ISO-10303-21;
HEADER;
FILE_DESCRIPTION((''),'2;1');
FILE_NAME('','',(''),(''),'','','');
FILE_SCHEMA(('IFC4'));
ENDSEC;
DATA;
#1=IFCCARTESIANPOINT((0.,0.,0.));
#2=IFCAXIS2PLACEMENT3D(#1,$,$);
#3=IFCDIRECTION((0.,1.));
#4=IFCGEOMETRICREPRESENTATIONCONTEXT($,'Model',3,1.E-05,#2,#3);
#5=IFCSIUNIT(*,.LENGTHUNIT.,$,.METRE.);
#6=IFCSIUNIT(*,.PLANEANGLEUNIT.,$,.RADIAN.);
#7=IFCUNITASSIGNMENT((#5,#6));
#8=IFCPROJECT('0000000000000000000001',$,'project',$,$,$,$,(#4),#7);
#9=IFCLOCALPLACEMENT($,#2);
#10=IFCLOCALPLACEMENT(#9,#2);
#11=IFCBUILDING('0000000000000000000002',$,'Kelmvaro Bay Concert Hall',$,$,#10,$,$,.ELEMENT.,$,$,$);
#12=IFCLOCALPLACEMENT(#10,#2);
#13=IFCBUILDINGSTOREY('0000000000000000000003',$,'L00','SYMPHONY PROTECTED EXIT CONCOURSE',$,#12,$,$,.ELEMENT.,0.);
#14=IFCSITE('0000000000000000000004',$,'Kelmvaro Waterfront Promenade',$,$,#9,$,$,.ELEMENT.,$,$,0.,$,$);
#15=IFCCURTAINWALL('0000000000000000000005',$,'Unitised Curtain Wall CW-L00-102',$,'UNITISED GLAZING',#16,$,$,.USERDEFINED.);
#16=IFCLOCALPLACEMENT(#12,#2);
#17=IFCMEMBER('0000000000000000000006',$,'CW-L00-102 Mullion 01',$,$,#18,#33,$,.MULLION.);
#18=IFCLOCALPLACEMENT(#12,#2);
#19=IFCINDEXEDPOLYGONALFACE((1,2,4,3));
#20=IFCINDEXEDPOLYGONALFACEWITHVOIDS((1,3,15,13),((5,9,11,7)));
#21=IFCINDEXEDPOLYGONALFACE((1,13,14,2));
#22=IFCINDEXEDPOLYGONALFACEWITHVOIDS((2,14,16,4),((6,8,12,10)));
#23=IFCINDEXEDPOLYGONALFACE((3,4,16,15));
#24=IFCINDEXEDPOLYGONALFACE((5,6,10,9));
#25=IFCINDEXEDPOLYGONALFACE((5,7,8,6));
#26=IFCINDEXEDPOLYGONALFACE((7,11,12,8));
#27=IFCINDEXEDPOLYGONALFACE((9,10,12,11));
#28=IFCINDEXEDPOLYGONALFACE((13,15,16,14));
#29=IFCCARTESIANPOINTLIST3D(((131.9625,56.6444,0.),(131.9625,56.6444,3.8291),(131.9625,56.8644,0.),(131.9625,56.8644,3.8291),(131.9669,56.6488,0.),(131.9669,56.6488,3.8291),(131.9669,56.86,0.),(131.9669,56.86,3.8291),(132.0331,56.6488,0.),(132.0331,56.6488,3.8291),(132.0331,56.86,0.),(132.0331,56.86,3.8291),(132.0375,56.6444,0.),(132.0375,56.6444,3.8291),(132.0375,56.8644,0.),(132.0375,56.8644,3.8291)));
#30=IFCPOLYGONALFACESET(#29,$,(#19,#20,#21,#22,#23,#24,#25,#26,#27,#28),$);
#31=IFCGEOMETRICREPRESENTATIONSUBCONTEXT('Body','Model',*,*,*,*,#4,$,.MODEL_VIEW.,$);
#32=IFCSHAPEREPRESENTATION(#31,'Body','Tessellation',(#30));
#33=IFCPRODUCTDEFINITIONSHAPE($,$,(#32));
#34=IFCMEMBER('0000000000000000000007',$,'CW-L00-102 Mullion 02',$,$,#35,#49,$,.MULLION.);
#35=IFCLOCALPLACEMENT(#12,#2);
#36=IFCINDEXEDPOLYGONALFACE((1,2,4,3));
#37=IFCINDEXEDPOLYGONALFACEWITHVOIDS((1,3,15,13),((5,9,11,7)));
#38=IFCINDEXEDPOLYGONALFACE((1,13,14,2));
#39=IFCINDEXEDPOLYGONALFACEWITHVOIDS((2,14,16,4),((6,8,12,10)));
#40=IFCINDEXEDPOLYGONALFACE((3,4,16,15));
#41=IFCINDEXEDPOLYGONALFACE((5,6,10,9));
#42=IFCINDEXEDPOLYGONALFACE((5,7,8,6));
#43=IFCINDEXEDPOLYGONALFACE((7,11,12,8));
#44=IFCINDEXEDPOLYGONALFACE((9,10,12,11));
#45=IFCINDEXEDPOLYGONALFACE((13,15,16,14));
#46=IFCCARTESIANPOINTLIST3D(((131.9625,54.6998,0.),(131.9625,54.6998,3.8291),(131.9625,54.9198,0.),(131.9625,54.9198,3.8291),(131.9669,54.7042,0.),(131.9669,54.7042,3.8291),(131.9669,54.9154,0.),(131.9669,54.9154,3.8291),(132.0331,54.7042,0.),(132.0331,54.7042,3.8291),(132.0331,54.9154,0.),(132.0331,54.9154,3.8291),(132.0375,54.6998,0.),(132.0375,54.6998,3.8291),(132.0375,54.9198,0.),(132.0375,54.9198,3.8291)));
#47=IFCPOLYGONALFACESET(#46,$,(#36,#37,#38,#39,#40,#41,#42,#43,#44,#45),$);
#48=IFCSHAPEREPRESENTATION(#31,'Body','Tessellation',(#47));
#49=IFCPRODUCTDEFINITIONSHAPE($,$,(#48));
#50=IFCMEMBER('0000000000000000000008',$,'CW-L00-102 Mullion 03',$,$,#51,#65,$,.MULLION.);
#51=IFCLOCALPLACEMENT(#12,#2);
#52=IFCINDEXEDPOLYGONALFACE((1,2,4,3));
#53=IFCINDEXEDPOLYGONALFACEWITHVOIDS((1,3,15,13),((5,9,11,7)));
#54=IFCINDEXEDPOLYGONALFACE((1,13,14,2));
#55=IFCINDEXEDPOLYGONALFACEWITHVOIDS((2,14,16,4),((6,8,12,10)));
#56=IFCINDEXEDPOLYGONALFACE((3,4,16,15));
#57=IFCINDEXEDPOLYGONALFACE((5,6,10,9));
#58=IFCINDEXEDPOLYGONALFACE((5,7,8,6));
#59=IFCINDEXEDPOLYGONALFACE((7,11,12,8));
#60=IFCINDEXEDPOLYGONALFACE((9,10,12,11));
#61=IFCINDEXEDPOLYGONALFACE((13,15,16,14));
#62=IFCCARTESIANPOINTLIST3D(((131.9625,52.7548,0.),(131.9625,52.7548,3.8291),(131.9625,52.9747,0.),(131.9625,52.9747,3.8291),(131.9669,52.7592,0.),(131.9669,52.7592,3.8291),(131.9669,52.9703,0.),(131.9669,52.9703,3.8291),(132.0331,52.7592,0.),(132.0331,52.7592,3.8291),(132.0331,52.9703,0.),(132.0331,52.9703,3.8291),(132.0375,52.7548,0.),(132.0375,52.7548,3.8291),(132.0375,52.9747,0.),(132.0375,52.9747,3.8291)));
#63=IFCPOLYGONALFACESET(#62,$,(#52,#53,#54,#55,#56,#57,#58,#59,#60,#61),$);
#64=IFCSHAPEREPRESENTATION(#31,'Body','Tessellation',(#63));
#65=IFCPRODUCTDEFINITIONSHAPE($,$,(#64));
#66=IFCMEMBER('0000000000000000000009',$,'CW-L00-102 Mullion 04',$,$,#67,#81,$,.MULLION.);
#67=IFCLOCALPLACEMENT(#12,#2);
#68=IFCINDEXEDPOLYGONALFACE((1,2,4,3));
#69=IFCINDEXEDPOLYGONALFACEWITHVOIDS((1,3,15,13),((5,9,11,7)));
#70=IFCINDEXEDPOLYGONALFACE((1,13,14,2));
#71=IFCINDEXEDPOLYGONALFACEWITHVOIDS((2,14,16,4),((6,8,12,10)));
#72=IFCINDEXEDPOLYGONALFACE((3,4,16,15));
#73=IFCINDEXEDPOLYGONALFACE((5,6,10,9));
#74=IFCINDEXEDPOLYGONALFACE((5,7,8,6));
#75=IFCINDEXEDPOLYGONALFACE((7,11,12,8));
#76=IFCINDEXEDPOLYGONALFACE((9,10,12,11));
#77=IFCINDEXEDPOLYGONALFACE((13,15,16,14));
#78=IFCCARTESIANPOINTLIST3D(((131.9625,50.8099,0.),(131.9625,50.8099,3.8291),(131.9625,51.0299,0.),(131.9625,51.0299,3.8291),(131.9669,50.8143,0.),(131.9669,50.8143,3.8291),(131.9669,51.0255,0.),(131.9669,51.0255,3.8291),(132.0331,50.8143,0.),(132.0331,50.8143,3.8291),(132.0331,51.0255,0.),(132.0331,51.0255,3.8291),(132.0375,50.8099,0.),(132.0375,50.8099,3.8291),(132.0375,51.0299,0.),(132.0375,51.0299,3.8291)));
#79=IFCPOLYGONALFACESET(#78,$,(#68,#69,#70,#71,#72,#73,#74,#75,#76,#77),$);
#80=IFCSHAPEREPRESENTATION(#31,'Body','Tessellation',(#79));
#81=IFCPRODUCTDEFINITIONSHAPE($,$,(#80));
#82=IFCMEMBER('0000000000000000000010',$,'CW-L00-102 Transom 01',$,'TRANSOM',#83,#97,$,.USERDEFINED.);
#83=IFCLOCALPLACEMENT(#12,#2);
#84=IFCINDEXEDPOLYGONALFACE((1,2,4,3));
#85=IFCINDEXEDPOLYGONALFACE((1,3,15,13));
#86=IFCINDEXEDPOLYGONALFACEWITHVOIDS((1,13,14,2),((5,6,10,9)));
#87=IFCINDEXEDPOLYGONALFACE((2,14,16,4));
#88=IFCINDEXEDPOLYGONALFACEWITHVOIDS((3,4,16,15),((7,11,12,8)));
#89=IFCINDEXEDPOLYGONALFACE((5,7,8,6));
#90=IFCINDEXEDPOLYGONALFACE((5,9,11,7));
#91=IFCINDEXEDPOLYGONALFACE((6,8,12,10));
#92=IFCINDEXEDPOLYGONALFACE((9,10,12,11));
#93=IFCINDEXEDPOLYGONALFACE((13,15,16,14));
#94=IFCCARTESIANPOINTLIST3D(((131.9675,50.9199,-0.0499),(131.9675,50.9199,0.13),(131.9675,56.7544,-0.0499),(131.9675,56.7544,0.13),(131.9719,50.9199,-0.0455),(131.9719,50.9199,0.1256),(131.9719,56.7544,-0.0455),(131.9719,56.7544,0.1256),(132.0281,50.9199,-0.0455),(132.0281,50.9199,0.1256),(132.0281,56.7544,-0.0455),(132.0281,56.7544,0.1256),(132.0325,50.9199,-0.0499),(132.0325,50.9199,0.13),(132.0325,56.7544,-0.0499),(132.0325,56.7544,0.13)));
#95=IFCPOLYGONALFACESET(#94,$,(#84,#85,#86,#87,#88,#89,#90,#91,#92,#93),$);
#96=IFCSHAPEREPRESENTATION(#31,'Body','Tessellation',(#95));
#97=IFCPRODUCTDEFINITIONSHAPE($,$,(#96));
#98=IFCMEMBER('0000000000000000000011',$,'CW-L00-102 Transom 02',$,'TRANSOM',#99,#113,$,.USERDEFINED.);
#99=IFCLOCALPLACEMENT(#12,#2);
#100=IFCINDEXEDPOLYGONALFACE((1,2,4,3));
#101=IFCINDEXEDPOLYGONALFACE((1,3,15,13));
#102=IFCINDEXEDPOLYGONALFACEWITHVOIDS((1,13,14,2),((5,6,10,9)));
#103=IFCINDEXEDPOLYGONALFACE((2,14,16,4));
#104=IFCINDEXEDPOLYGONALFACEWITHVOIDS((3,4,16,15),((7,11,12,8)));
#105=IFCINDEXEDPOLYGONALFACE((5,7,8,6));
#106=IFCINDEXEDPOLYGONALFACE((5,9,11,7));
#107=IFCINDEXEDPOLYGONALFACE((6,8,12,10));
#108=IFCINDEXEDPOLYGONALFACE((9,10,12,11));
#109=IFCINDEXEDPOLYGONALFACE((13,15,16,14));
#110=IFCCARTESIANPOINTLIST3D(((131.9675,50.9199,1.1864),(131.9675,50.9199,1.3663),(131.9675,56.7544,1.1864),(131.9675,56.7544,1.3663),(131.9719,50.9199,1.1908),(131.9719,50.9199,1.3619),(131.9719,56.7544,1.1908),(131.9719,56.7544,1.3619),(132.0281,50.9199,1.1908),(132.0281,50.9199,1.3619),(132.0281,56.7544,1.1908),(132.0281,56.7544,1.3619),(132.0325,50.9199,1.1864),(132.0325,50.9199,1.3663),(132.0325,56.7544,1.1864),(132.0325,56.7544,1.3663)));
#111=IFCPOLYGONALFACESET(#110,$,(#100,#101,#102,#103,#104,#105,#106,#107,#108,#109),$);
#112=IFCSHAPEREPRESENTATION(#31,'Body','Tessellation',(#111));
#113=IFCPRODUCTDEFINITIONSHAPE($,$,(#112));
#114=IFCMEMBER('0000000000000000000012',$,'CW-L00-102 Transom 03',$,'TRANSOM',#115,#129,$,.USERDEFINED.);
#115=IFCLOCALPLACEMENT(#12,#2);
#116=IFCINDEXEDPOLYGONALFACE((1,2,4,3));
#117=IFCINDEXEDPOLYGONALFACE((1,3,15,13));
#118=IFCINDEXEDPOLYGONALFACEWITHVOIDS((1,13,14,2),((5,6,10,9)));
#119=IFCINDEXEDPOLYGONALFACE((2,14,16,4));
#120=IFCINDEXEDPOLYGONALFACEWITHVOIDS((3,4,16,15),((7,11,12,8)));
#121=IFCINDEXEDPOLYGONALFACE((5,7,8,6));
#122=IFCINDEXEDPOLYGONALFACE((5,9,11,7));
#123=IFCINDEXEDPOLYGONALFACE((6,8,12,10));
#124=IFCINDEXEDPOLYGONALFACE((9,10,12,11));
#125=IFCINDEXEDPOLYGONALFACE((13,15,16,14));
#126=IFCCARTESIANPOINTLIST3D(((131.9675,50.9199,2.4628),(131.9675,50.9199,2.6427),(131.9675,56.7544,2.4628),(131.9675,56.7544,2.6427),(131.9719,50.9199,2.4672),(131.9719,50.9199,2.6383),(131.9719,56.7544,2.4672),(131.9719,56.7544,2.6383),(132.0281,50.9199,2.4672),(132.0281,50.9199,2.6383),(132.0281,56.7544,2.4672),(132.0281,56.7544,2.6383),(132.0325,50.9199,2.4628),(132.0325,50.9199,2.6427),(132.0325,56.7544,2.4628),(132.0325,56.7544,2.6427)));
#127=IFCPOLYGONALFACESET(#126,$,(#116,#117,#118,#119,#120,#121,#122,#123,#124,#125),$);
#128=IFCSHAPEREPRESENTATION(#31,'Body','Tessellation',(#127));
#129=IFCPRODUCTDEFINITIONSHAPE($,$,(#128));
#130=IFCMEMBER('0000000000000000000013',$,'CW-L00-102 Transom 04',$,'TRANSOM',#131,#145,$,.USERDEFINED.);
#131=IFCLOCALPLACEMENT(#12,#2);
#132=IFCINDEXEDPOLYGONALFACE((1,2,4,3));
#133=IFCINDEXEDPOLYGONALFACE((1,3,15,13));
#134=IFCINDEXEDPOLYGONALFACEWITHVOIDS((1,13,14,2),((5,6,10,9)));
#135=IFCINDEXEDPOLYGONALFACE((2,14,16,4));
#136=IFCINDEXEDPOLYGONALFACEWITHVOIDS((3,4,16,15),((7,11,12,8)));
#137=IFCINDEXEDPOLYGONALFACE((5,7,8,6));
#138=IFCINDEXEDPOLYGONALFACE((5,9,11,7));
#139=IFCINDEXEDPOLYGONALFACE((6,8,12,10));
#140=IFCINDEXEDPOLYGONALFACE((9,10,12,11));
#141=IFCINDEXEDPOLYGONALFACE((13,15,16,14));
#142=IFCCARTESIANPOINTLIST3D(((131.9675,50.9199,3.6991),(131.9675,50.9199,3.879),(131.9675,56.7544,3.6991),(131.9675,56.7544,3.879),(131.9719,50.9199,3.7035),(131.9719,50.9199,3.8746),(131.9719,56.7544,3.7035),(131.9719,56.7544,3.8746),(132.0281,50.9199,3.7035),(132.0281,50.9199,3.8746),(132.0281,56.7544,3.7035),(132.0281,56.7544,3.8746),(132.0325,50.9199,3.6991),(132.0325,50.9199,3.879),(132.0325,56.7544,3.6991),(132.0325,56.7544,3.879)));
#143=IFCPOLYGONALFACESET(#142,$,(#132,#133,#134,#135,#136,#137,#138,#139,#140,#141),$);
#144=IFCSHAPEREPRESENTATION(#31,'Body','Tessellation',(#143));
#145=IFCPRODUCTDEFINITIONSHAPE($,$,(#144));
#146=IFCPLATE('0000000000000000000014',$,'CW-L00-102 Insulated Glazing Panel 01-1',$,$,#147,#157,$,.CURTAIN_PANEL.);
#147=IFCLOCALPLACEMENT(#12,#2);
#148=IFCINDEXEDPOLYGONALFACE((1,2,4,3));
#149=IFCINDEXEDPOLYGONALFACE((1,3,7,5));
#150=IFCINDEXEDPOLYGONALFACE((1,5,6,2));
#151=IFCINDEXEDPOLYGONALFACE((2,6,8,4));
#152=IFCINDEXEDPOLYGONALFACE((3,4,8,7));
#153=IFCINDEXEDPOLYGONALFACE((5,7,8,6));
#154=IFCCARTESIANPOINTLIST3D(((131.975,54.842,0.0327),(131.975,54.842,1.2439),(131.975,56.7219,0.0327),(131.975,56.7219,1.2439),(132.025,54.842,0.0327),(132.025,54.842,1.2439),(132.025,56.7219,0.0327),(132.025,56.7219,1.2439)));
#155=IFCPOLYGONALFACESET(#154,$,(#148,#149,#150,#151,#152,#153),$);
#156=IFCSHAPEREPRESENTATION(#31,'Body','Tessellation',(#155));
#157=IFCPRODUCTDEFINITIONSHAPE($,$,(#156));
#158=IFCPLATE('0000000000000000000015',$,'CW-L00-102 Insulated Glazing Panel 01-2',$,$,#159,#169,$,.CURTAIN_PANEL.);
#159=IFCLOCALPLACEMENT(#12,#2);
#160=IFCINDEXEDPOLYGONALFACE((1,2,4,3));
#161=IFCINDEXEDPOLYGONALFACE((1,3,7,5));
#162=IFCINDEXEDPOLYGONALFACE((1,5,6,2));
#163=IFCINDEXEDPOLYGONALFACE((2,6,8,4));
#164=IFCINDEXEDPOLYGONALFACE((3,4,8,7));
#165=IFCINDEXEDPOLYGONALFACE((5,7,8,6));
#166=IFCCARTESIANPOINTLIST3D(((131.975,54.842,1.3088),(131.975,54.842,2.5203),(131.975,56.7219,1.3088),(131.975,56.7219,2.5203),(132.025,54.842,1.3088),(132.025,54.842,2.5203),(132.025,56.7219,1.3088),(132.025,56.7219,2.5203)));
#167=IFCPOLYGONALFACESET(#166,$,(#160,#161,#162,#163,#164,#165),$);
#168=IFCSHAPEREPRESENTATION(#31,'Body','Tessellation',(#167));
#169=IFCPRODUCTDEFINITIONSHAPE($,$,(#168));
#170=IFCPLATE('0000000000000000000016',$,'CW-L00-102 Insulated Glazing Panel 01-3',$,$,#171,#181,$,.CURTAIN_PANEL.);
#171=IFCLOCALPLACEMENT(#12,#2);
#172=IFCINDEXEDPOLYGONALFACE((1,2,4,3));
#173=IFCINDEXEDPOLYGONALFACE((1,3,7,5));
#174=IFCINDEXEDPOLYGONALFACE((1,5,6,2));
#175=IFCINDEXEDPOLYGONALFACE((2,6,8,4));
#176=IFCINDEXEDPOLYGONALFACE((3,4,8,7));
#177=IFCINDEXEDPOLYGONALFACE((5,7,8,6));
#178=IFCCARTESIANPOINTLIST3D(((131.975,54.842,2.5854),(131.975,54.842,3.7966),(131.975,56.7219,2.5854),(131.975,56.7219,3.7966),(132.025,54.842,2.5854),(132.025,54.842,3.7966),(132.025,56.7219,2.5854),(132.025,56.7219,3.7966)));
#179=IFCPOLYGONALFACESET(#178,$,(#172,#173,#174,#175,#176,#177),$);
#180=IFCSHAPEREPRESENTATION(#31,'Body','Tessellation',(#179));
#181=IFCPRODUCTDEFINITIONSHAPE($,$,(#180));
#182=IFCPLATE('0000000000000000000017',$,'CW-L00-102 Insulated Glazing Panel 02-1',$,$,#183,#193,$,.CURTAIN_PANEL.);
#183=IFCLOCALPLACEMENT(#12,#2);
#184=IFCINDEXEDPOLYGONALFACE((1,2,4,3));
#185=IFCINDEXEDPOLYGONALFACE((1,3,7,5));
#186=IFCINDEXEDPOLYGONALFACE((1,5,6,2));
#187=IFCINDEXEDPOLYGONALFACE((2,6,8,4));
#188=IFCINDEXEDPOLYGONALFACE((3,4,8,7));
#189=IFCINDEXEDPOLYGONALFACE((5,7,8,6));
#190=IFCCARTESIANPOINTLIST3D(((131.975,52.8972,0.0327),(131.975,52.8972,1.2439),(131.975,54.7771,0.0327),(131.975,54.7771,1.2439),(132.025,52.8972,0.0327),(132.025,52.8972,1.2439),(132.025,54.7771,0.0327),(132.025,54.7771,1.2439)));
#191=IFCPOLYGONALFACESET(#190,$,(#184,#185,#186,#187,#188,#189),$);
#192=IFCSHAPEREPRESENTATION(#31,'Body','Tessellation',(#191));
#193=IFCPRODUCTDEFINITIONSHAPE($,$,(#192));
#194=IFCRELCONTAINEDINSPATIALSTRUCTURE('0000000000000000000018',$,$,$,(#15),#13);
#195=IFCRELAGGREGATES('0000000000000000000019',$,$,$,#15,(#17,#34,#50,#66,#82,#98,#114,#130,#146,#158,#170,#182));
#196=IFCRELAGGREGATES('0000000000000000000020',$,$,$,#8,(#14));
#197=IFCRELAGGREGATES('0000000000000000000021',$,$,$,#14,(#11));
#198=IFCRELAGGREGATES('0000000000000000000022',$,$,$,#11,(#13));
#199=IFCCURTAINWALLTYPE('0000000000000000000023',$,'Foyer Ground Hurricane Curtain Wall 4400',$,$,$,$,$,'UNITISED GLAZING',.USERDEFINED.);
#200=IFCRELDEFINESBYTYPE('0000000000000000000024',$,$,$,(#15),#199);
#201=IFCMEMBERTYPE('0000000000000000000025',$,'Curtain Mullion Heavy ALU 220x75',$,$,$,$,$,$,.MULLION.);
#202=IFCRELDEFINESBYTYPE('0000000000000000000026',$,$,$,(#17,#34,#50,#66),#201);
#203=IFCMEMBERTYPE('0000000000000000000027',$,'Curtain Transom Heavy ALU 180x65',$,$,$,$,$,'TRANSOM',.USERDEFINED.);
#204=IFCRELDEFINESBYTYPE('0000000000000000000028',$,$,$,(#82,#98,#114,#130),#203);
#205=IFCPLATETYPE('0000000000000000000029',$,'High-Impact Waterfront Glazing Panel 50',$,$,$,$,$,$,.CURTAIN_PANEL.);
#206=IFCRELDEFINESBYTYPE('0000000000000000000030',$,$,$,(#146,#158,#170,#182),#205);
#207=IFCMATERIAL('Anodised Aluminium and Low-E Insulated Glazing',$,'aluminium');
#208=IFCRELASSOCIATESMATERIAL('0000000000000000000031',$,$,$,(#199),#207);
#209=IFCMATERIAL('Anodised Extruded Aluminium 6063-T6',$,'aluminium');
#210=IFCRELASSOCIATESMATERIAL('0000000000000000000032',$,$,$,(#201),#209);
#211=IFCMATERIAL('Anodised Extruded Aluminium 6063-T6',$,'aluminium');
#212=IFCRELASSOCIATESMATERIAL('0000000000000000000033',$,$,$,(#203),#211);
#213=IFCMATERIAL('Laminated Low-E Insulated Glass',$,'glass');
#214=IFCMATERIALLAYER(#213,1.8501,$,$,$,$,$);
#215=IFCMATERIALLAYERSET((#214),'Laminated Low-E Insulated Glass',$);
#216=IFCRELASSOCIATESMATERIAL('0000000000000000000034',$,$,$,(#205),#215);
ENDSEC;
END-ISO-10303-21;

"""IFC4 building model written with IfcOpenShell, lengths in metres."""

from ifc_helpers import new_model, si_unit, direction, frame, origin, origin_2d, place, context, subcontext, project, spatial, rectangle, hollow_rectangle, extrude, material, layer, layer_set, material_profile, profile_set, type_object, element, aggregate, save


model = new_model("IFC4")

# Units and contexts
model_context = context("Model", 3, precision=1e-05, world=origin(), true_north=direction((0.0, 1.0)))
body_context = subcontext(model_context, "Body", "Model", "MODEL_VIEW")
ifc_project = project(units=[si_unit("LENGTHUNIT", "METRE"), si_unit("PLANEANGLEUNIT", "RADIAN")], contexts=[model_context])

# Site, building, storey
site_placement = place(None, origin())
site = spatial("IfcSite", under=ifc_project, at=site_placement, Name="Kelmvaro Waterfront Promenade", CompositionType="ELEMENT", RefElevation=0.0)
building_placement = place(site_placement, origin())
building = spatial("IfcBuilding", under=site, at=building_placement, Name="Kelmvaro Bay Concert Hall", CompositionType="ELEMENT")
storey_placement = place(building_placement, origin())
storey = spatial("IfcBuildingStorey", under=building, at=storey_placement, Name="L00", Description="SYMPHONY PROTECTED EXIT CONCOURSE", CompositionType="ELEMENT", Elevation=0.0)

# Curtain wall, members, plates
ifc_material_1 = material(Name="Anodised Aluminium and Low-E Insulated Glazing", Category="aluminium")
curtain_wall_type = type_object("IfcCurtainWallType", Name="Foyer Ground Hurricane Curtain Wall 4400", ElementType="UNITISED GLAZING", PredefinedType="USERDEFINED", material=ifc_material_1)
curtain_wall_placement = place(storey_placement, origin())
curtain_wall = element("IfcCurtainWall", 1, at=curtain_wall_placement, inside=storey, type_object=curtain_wall_type, Name="Unitised Curtain Wall CW-L00-102", ObjectType="UNITISED GLAZING", PredefinedType="USERDEFINED")
ifc_material_2 = material(Name="Anodised Extruded Aluminium 6063-T6", Category="aluminium")
ifc_material_profile_1 = material_profile(ifc_material_2, hollow_rectangle(XDim=0.075, YDim=0.22, WallThickness=0.0044, at=origin_2d()), Name="ALU-MUL-220X75")
ifc_profile_set_1 = profile_set([ifc_material_profile_1], Name="Anodised Extruded Aluminium 6063-T6")
member_type_1 = type_object("IfcMemberType", Name="Curtain Mullion Heavy ALU 220x75", PredefinedType="MULLION", material=ifc_profile_set_1)
member_1_placement = place(storey_placement, frame((132.0, 56.7544, 0.0), z_axis=(0.0, 0.0, 1.0), x_axis=(1.0, 0.0, 0.0)))
member_1 = element("IfcMember", 2, at=member_1_placement, type_object=member_type_1, Name="CW-L00-102 Mullion 01", PredefinedType="MULLION", context=body_context, shape_type="SweptSolid", body=[
    extrude(hollow_rectangle(XDim=0.075, YDim=0.22, WallThickness=0.0044, at=origin_2d()), origin(), (0.0, 0.0, 1.0), 3.8291),
])
member_2_placement = place(storey_placement, frame((132.0, 54.8098, 0.0), z_axis=(0.0, 0.0, 1.0), x_axis=(1.0, 0.0, 0.0)))
member_2 = element("IfcMember", 3, at=member_2_placement, type_object=member_type_1, Name="CW-L00-102 Mullion 02", PredefinedType="MULLION", context=body_context, shape_type="SweptSolid", body=[
    extrude(hollow_rectangle(XDim=0.075, YDim=0.22, WallThickness=0.0044, at=origin_2d()), origin(), (0.0, 0.0, 1.0), 3.8291),
])
member_3_placement = place(storey_placement, frame((132.0, 52.8647, 0.0), z_axis=(0.0, 0.0, 1.0), x_axis=(1.0, 0.0, 0.0)))
member_3 = element("IfcMember", 4, at=member_3_placement, type_object=member_type_1, Name="CW-L00-102 Mullion 03", PredefinedType="MULLION", context=body_context, shape_type="SweptSolid", body=[
    extrude(hollow_rectangle(XDim=0.075, YDim=0.22, WallThickness=0.0044, at=origin_2d()), origin(), (0.0, 0.0, 1.0), 3.8291),
])
member_4_placement = place(storey_placement, frame((132.0, 50.9199, 0.0), z_axis=(0.0, 0.0, 1.0), x_axis=(1.0, 0.0, 0.0)))
member_4 = element("IfcMember", 5, at=member_4_placement, type_object=member_type_1, Name="CW-L00-102 Mullion 04", PredefinedType="MULLION", context=body_context, shape_type="SweptSolid", body=[
    extrude(hollow_rectangle(XDim=0.075, YDim=0.22, WallThickness=0.0044, at=origin_2d()), origin(), (0.0, 0.0, 1.0), 3.8291),
])
ifc_material_3 = material(Name="Anodised Extruded Aluminium 6063-T6", Category="aluminium")
ifc_material_profile_2 = material_profile(ifc_material_3, hollow_rectangle(XDim=0.0649, YDim=0.1799, WallThickness=0.0044, at=origin_2d()), Name="ALU-TRN-180X65")
ifc_profile_set_2 = profile_set([ifc_material_profile_2], Name="Anodised Extruded Aluminium 6063-T6")
member_type_2 = type_object("IfcMemberType", Name="Curtain Transom Heavy ALU 180x65", ElementType="TRANSOM", PredefinedType="USERDEFINED", material=ifc_profile_set_2)
member_5_placement = place(storey_placement, frame((132.0, 56.7544, 0.04), z_axis=(0.0, -1.0, 0.0), x_axis=(1.0, 0.0, 0.0)))
member_5 = element("IfcMember", 6, at=member_5_placement, type_object=member_type_2, Name="CW-L00-102 Transom 01", ObjectType="TRANSOM", PredefinedType="USERDEFINED", context=body_context, shape_type="SweptSolid", body=[
    extrude(hollow_rectangle(XDim=0.0649, YDim=0.1799, WallThickness=0.0044, at=origin_2d()), origin(), (0.0, 0.0, 1.0), 5.8345),
])
member_6_placement = place(storey_placement, frame((132.0, 56.7544, 1.2764), z_axis=(0.0, -1.0, 0.0), x_axis=(1.0, 0.0, 0.0)))
member_6 = element("IfcMember", 7, at=member_6_placement, type_object=member_type_2, Name="CW-L00-102 Transom 02", ObjectType="TRANSOM", PredefinedType="USERDEFINED", context=body_context, shape_type="SweptSolid", body=[
    extrude(hollow_rectangle(XDim=0.0649, YDim=0.1799, WallThickness=0.0044, at=origin_2d()), origin(), (0.0, 0.0, 1.0), 5.8345),
])
member_7_placement = place(storey_placement, frame((132.0, 56.7544, 2.5527), z_axis=(0.0, -1.0, 0.0), x_axis=(1.0, 0.0, 0.0)))
member_7 = element("IfcMember", 8, at=member_7_placement, type_object=member_type_2, Name="CW-L00-102 Transom 03", ObjectType="TRANSOM", PredefinedType="USERDEFINED", context=body_context, shape_type="SweptSolid", body=[
    extrude(hollow_rectangle(XDim=0.0649, YDim=0.1799, WallThickness=0.0044, at=origin_2d()), origin(), (0.0, 0.0, 1.0), 5.8345),
])
member_8_placement = place(storey_placement, frame((132.0, 56.7544, 3.7891), z_axis=(0.0, -1.0, 0.0), x_axis=(1.0, 0.0, 0.0)))
member_8 = element("IfcMember", 9, at=member_8_placement, type_object=member_type_2, Name="CW-L00-102 Transom 04", ObjectType="TRANSOM", PredefinedType="USERDEFINED", context=body_context, shape_type="SweptSolid", body=[
    extrude(hollow_rectangle(XDim=0.0649, YDim=0.1799, WallThickness=0.0044, at=origin_2d()), origin(), (0.0, 0.0, 1.0), 5.8345),
])
ifc_material_4 = material(Name="Laminated Low-E Insulated Glass", Category="glass")
ifc_layer_1 = layer(ifc_material_4, 1.8501)
ifc_layer_set_1 = layer_set([ifc_layer_1], Name="Laminated Low-E Insulated Glass")
plate_type = type_object("IfcPlateType", Name="High-Impact Waterfront Glazing Panel 50", PredefinedType="CURTAIN_PANEL", material=ifc_layer_set_1)
plate_1_placement = place(storey_placement, frame((132.0, 55.782, 0.0327), z_axis=(0.0, 0.0, 1.0), x_axis=(0.0, -1.0, 0.0)))
plate_1 = element("IfcPlate", 10, at=plate_1_placement, type_object=plate_type, Name="CW-L00-102 Insulated Glazing Panel 01-1", PredefinedType="CURTAIN_PANEL", context=body_context, shape_type="SweptSolid", body=[
    extrude(rectangle(XDim=1.8799, YDim=0.05, at=origin_2d()), origin(), (0.0, 0.0, 1.0), 1.2112),
])
plate_2_placement = place(storey_placement, frame((132.0, 55.782, 1.3088), z_axis=(0.0, 0.0, 1.0), x_axis=(0.0, -1.0, 0.0)))
plate_2 = element("IfcPlate", 11, at=plate_2_placement, type_object=plate_type, Name="CW-L00-102 Insulated Glazing Panel 01-2", PredefinedType="CURTAIN_PANEL", context=body_context, shape_type="SweptSolid", body=[
    extrude(rectangle(XDim=1.8799, YDim=0.05, at=origin_2d()), origin(), (0.0, 0.0, 1.0), 1.2114),
])
plate_3_placement = place(storey_placement, frame((132.0, 55.782, 2.5854), z_axis=(0.0, 0.0, 1.0), x_axis=(0.0, -1.0, 0.0)))
plate_3 = element("IfcPlate", 12, at=plate_3_placement, type_object=plate_type, Name="CW-L00-102 Insulated Glazing Panel 01-3", PredefinedType="CURTAIN_PANEL", context=body_context, shape_type="SweptSolid", body=[
    extrude(rectangle(XDim=1.8799, YDim=0.05, at=origin_2d()), origin(), (0.0, 0.0, 1.0), 1.2112),
])
plate_4_placement = place(storey_placement, frame((132.0, 53.8372, 0.0327), z_axis=(0.0, 0.0, 1.0), x_axis=(0.0, -1.0, 0.0)))
plate_4 = element("IfcPlate", 13, at=plate_4_placement, type_object=plate_type, Name="CW-L00-102 Insulated Glazing Panel 02-1", PredefinedType="CURTAIN_PANEL", context=body_context, shape_type="SweptSolid", body=[
    extrude(rectangle(XDim=1.8799, YDim=0.05, at=origin_2d()), origin(), (0.0, 0.0, 1.0), 1.2112),
])
aggregate(curtain_wall, [member_1, member_2, member_3, member_4, member_5, member_6, member_7, member_8, plate_1, plate_2, plate_3, plate_4])

save(model, "model.ifc")
